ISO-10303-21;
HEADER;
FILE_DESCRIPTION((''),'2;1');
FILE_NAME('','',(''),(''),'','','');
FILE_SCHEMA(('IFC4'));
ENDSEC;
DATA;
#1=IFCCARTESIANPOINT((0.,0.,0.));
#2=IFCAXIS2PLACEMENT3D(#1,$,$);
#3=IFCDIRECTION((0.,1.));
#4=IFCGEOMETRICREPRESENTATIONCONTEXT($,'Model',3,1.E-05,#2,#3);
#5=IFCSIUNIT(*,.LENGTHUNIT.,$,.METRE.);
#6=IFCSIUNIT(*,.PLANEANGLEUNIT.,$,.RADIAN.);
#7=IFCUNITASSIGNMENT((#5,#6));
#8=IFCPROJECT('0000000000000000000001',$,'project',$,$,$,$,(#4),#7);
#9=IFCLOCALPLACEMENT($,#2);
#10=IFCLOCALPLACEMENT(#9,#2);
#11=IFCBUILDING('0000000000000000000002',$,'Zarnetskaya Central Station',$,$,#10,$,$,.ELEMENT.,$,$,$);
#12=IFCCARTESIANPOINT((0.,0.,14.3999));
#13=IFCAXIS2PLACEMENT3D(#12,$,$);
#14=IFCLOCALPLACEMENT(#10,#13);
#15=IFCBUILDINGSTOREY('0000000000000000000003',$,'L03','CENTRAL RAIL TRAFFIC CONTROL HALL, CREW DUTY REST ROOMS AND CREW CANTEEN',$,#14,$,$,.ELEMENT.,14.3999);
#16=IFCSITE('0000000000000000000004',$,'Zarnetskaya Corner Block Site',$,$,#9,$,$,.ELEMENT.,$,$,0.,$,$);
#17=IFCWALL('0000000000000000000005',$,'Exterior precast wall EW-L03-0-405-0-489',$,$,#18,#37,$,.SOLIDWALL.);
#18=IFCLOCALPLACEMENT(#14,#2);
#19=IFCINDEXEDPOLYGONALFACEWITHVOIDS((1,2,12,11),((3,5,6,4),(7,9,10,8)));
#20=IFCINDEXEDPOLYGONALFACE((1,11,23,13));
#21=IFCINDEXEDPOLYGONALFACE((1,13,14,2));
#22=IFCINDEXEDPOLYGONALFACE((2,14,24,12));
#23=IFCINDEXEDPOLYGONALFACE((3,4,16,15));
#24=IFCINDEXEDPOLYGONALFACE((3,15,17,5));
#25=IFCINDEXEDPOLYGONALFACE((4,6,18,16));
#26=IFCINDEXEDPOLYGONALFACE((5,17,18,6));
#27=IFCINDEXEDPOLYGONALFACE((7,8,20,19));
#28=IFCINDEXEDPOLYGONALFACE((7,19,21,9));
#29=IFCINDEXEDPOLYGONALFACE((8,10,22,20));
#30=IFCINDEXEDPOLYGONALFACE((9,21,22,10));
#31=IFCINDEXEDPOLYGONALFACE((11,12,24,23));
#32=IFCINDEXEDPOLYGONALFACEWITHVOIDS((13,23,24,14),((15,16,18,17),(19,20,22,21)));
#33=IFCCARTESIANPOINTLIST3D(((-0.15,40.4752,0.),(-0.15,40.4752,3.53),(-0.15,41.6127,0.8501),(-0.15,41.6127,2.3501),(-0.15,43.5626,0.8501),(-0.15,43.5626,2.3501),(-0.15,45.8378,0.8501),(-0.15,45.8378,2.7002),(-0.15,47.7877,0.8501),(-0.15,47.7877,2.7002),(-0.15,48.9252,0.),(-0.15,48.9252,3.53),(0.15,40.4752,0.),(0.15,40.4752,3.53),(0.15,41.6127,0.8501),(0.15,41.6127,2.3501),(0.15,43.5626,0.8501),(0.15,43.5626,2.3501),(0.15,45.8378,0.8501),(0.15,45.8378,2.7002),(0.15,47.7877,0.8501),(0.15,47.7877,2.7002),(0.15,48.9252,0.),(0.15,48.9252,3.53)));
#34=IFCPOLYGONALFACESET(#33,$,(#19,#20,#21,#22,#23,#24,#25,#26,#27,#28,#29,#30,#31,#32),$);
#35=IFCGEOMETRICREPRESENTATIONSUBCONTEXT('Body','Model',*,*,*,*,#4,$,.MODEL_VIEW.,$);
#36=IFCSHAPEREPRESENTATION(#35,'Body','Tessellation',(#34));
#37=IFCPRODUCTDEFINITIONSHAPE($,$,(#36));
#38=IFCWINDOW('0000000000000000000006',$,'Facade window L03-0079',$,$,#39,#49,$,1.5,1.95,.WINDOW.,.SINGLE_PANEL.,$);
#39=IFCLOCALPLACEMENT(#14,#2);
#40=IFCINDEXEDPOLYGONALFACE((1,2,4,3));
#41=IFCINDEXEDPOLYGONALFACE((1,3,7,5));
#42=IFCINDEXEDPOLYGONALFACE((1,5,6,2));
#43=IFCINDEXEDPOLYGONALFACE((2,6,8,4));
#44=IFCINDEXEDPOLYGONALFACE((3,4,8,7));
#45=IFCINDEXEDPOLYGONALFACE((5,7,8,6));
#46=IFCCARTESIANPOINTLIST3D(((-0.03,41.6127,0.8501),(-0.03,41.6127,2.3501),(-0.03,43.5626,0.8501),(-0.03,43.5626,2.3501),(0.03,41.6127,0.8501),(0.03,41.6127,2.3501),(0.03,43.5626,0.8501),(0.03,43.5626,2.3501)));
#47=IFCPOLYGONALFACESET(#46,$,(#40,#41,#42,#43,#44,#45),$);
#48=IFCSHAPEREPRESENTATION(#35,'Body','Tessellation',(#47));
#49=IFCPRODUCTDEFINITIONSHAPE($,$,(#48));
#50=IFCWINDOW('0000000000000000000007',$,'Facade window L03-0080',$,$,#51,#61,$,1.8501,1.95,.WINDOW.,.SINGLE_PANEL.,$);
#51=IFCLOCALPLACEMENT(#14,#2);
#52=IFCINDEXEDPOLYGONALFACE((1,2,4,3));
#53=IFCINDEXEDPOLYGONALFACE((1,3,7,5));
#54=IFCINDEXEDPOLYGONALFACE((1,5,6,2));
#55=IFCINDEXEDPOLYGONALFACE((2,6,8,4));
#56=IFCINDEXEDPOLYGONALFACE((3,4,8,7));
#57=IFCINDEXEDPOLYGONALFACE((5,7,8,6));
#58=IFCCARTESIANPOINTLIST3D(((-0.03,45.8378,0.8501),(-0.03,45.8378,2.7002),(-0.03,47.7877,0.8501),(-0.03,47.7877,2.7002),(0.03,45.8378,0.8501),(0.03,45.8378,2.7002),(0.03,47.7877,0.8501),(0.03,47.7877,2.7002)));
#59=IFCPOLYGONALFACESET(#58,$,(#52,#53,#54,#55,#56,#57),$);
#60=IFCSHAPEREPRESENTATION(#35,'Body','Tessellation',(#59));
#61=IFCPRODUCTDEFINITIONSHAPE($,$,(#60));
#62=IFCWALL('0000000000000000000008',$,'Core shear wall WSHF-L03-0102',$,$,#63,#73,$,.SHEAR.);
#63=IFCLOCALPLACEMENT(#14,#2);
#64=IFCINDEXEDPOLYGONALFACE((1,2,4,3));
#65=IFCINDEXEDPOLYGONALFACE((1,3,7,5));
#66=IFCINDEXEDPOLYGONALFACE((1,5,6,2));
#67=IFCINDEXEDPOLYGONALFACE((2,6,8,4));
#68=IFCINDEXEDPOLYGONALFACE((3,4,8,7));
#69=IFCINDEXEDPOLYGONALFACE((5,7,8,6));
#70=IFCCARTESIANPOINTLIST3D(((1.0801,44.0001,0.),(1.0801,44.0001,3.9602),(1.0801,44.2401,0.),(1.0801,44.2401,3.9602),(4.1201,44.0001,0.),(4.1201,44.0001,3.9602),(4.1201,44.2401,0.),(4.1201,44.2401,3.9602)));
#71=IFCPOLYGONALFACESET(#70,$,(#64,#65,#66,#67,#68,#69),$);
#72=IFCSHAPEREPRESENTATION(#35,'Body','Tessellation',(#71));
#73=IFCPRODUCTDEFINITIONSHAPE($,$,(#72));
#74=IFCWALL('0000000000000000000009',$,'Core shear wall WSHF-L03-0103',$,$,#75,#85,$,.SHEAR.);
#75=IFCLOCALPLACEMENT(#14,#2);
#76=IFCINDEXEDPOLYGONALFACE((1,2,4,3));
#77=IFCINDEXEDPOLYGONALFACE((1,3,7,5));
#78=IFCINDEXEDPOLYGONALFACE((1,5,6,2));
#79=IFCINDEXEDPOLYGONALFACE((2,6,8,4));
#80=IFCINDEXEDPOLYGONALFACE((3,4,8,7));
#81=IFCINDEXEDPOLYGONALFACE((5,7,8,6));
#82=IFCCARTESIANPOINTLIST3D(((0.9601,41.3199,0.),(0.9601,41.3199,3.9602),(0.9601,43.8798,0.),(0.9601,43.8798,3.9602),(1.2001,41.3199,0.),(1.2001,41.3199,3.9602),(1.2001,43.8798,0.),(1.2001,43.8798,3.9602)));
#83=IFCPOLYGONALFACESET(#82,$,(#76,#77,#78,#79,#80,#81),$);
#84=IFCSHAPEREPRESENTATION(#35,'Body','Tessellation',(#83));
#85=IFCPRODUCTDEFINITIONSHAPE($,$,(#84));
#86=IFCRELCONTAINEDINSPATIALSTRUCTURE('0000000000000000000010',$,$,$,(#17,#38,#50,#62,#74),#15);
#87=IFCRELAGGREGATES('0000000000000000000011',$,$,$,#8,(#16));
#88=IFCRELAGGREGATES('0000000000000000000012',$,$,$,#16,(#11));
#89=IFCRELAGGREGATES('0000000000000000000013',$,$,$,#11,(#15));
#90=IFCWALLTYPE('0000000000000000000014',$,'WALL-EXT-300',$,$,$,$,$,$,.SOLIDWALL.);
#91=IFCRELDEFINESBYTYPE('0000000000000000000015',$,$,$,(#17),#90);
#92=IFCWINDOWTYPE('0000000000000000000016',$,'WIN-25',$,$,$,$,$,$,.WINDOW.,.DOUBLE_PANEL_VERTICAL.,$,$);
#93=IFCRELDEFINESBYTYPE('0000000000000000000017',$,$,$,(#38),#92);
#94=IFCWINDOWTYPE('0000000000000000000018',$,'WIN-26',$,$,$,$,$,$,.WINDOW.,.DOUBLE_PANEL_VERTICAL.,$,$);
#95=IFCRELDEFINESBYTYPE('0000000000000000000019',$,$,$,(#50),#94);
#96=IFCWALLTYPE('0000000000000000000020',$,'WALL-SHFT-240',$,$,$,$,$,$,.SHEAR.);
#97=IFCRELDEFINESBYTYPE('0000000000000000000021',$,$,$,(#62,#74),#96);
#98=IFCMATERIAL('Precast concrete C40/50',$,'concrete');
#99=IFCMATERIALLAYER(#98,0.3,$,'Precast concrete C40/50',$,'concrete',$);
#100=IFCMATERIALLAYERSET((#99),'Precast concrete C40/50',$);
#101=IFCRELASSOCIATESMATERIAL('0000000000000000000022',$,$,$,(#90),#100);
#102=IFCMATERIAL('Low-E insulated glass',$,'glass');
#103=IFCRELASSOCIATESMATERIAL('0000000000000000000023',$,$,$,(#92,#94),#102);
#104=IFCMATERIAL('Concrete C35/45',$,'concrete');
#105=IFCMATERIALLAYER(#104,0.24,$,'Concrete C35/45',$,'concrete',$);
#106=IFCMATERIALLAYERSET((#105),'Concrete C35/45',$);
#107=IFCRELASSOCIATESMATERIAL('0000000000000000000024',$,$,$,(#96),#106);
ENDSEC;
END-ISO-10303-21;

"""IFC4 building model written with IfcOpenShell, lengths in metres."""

from ifc_helpers import new_model, si_unit, direction, frame, frame_2d, origin, place, context, subcontext, project, spatial, rectangle, extrude, material, layer, layer_set, type_object, element, fill, save


model = new_model("IFC4")

# Units and contexts
model_context = context("Model", 3, precision=1e-05, world=origin(), true_north=direction((0.0, 1.0)))
body_context = subcontext(model_context, "Body", "Model", "MODEL_VIEW")
ifc_project = project(units=[si_unit("LENGTHUNIT", "METRE"), si_unit("PLANEANGLEUNIT", "RADIAN")], contexts=[model_context])

# Site, building, storey
site_placement = place(None, origin())
site = spatial("IfcSite", under=ifc_project, at=site_placement, Name="Zarnetskaya Corner Block Site", CompositionType="ELEMENT", RefElevation=0.0)
building_placement = place(site_placement, origin())
building = spatial("IfcBuilding", under=site, at=building_placement, Name="Zarnetskaya Central Station", CompositionType="ELEMENT")
storey_placement = place(building_placement, frame((0.0, 0.0, 14.3999)))
storey = spatial("IfcBuildingStorey", under=building, at=storey_placement, Name="L03", Description="CENTRAL RAIL TRAFFIC CONTROL HALL, CREW DUTY REST ROOMS AND CREW CANTEEN", CompositionType="ELEMENT", Elevation=14.3999)

# Shared definitions
ifc_material_1 = material(Name="Low-E insulated glass", Category="glass")

# Shared definitions
ifc_material_2 = material(Name="Concrete C35/45", Category="concrete")

# Wall, openings, windows
ifc_material_3 = material(Name="Precast concrete C40/50", Category="concrete")
ifc_layer_1 = layer(ifc_material_3, 0.3, Name="Precast concrete C40/50", Category="concrete")
ifc_layer_set_1 = layer_set([ifc_layer_1], Name="Precast concrete C40/50")
wall_type_1 = type_object("IfcWallType", Name="WALL-EXT-300", PredefinedType="SOLIDWALL", material=ifc_layer_set_1)
wall_1_placement = place(storey_placement, frame((0.0, 40.4751, 0.0), z_axis=(0.0, 0.0, 1.0), x_axis=(0.0, 1.0, 0.0)))
wall_1 = element("IfcWall", 1, at=wall_1_placement, inside=storey, type_object=wall_type_1, Name="Exterior precast wall EW-L03-0-405-0-489", PredefinedType="SOLIDWALL", context=body_context, shape_type="SweptSolid", body=[
    extrude(rectangle(XDim=8.45, YDim=0.3, at=frame_2d((4.2251, 0.0))), origin(), (0.0, 0.0, 1.0), 3.53),
])
opening_1_placement = place(wall_1_placement, frame((1.1375, 0.0, 0.8501)))
opening_1 = element("IfcOpeningElement", 2, at=opening_1_placement, cuts=wall_1, PredefinedType="OPENING", context=body_context, shape_type="SweptSolid", body=[
    extrude(rectangle(XDim=1.95, YDim=1.5, at=frame_2d((0.9751, 0.75))), frame((0.0, 0.1602, 0.0), z_axis=(0.0, -1.0, 0.0), x_axis=(1.0, 0.0, 0.0)), (0.0, 0.0, 1.0), 0.3201),
])
opening_2_placement = place(wall_1_placement, frame((5.3625, 0.0, 0.8501)))
opening_2 = element("IfcOpeningElement", 3, at=opening_2_placement, cuts=wall_1, PredefinedType="OPENING", context=body_context, shape_type="SweptSolid", body=[
    extrude(rectangle(XDim=1.95, YDim=1.8501, at=frame_2d((0.9751, 0.925))), frame((0.0, 0.1602, 0.0), z_axis=(0.0, -1.0, 0.0), x_axis=(1.0, 0.0, 0.0)), (0.0, 0.0, 1.0), 0.3201),
])
window_type_1 = type_object("IfcWindowType", Name="WIN-25", PartitioningType="DOUBLE_PANEL_VERTICAL", PredefinedType="WINDOW", material=ifc_material_1)
window_1_placement = place(opening_1_placement, origin())
window_1 = element("IfcWindow", 4, at=window_1_placement, inside=storey, type_object=window_type_1, Name="Facade window L03-0079", OverallHeight=1.5, OverallWidth=1.95, PartitioningType="SINGLE_PANEL", PredefinedType="WINDOW", context=body_context, shape_type="SweptSolid", body=[
    extrude(rectangle(XDim=1.95, YDim=1.5, at=frame_2d((0.9751, 0.75))), frame((0.0, 0.03, 0.0), z_axis=(0.0, -1.0, 0.0), x_axis=(1.0, 0.0, 0.0)), (0.0, 0.0, 1.0), 0.0601),
])
fill(opening_1, window_1)
window_type_2 = type_object("IfcWindowType", Name="WIN-26", PartitioningType="DOUBLE_PANEL_VERTICAL", PredefinedType="WINDOW", material=ifc_material_1)
window_2_placement = place(opening_2_placement, origin())
window_2 = element("IfcWindow", 5, at=window_2_placement, inside=storey, type_object=window_type_2, Name="Facade window L03-0080", OverallHeight=1.8501, OverallWidth=1.95, PartitioningType="SINGLE_PANEL", PredefinedType="WINDOW", context=body_context, shape_type="SweptSolid", body=[
    extrude(rectangle(XDim=1.95, YDim=1.8501, at=frame_2d((0.9751, 0.925))), frame((0.0, 0.03, 0.0), z_axis=(0.0, -1.0, 0.0), x_axis=(1.0, 0.0, 0.0)), (0.0, 0.0, 1.0), 0.0601),
])
fill(opening_2, window_2)

# Walls
ifc_layer_2 = layer(ifc_material_2, 0.24, Name="Concrete C35/45", Category="concrete")
ifc_layer_set_2 = layer_set([ifc_layer_2], Name="Concrete C35/45")
wall_type_2 = type_object("IfcWallType", Name="WALL-SHFT-240", PredefinedType="SHEAR", material=ifc_layer_set_2)
wall_2_placement = place(storey_placement, frame((1.0801, 44.1201, 0.0), z_axis=(0.0, 0.0, 1.0), x_axis=(1.0, 0.0, 0.0)))
element("IfcWall", 6, at=wall_2_placement, inside=storey, type_object=wall_type_2, Name="Core shear wall WSHF-L03-0102", PredefinedType="SHEAR", context=body_context, shape_type="SweptSolid", body=[
    extrude(rectangle(XDim=3.04, YDim=0.24, at=frame_2d((1.52, 0.0))), origin(), (0.0, 0.0, 1.0), 3.9602),
])
wall_3_placement = place(storey_placement, frame((1.0801, 41.3201, 0.0), z_axis=(0.0, 0.0, 1.0), x_axis=(0.0, 1.0, 0.0)))
element("IfcWall", 7, at=wall_3_placement, inside=storey, type_object=wall_type_2, Name="Core shear wall WSHF-L03-0103", PredefinedType="SHEAR", context=body_context, shape_type="SweptSolid", body=[
    extrude(rectangle(XDim=2.5598, YDim=0.24, at=frame_2d((1.2798, 0.0))), origin(), (0.0, 0.0, 1.0), 3.9602),
])

save(model, "model.ifc")
